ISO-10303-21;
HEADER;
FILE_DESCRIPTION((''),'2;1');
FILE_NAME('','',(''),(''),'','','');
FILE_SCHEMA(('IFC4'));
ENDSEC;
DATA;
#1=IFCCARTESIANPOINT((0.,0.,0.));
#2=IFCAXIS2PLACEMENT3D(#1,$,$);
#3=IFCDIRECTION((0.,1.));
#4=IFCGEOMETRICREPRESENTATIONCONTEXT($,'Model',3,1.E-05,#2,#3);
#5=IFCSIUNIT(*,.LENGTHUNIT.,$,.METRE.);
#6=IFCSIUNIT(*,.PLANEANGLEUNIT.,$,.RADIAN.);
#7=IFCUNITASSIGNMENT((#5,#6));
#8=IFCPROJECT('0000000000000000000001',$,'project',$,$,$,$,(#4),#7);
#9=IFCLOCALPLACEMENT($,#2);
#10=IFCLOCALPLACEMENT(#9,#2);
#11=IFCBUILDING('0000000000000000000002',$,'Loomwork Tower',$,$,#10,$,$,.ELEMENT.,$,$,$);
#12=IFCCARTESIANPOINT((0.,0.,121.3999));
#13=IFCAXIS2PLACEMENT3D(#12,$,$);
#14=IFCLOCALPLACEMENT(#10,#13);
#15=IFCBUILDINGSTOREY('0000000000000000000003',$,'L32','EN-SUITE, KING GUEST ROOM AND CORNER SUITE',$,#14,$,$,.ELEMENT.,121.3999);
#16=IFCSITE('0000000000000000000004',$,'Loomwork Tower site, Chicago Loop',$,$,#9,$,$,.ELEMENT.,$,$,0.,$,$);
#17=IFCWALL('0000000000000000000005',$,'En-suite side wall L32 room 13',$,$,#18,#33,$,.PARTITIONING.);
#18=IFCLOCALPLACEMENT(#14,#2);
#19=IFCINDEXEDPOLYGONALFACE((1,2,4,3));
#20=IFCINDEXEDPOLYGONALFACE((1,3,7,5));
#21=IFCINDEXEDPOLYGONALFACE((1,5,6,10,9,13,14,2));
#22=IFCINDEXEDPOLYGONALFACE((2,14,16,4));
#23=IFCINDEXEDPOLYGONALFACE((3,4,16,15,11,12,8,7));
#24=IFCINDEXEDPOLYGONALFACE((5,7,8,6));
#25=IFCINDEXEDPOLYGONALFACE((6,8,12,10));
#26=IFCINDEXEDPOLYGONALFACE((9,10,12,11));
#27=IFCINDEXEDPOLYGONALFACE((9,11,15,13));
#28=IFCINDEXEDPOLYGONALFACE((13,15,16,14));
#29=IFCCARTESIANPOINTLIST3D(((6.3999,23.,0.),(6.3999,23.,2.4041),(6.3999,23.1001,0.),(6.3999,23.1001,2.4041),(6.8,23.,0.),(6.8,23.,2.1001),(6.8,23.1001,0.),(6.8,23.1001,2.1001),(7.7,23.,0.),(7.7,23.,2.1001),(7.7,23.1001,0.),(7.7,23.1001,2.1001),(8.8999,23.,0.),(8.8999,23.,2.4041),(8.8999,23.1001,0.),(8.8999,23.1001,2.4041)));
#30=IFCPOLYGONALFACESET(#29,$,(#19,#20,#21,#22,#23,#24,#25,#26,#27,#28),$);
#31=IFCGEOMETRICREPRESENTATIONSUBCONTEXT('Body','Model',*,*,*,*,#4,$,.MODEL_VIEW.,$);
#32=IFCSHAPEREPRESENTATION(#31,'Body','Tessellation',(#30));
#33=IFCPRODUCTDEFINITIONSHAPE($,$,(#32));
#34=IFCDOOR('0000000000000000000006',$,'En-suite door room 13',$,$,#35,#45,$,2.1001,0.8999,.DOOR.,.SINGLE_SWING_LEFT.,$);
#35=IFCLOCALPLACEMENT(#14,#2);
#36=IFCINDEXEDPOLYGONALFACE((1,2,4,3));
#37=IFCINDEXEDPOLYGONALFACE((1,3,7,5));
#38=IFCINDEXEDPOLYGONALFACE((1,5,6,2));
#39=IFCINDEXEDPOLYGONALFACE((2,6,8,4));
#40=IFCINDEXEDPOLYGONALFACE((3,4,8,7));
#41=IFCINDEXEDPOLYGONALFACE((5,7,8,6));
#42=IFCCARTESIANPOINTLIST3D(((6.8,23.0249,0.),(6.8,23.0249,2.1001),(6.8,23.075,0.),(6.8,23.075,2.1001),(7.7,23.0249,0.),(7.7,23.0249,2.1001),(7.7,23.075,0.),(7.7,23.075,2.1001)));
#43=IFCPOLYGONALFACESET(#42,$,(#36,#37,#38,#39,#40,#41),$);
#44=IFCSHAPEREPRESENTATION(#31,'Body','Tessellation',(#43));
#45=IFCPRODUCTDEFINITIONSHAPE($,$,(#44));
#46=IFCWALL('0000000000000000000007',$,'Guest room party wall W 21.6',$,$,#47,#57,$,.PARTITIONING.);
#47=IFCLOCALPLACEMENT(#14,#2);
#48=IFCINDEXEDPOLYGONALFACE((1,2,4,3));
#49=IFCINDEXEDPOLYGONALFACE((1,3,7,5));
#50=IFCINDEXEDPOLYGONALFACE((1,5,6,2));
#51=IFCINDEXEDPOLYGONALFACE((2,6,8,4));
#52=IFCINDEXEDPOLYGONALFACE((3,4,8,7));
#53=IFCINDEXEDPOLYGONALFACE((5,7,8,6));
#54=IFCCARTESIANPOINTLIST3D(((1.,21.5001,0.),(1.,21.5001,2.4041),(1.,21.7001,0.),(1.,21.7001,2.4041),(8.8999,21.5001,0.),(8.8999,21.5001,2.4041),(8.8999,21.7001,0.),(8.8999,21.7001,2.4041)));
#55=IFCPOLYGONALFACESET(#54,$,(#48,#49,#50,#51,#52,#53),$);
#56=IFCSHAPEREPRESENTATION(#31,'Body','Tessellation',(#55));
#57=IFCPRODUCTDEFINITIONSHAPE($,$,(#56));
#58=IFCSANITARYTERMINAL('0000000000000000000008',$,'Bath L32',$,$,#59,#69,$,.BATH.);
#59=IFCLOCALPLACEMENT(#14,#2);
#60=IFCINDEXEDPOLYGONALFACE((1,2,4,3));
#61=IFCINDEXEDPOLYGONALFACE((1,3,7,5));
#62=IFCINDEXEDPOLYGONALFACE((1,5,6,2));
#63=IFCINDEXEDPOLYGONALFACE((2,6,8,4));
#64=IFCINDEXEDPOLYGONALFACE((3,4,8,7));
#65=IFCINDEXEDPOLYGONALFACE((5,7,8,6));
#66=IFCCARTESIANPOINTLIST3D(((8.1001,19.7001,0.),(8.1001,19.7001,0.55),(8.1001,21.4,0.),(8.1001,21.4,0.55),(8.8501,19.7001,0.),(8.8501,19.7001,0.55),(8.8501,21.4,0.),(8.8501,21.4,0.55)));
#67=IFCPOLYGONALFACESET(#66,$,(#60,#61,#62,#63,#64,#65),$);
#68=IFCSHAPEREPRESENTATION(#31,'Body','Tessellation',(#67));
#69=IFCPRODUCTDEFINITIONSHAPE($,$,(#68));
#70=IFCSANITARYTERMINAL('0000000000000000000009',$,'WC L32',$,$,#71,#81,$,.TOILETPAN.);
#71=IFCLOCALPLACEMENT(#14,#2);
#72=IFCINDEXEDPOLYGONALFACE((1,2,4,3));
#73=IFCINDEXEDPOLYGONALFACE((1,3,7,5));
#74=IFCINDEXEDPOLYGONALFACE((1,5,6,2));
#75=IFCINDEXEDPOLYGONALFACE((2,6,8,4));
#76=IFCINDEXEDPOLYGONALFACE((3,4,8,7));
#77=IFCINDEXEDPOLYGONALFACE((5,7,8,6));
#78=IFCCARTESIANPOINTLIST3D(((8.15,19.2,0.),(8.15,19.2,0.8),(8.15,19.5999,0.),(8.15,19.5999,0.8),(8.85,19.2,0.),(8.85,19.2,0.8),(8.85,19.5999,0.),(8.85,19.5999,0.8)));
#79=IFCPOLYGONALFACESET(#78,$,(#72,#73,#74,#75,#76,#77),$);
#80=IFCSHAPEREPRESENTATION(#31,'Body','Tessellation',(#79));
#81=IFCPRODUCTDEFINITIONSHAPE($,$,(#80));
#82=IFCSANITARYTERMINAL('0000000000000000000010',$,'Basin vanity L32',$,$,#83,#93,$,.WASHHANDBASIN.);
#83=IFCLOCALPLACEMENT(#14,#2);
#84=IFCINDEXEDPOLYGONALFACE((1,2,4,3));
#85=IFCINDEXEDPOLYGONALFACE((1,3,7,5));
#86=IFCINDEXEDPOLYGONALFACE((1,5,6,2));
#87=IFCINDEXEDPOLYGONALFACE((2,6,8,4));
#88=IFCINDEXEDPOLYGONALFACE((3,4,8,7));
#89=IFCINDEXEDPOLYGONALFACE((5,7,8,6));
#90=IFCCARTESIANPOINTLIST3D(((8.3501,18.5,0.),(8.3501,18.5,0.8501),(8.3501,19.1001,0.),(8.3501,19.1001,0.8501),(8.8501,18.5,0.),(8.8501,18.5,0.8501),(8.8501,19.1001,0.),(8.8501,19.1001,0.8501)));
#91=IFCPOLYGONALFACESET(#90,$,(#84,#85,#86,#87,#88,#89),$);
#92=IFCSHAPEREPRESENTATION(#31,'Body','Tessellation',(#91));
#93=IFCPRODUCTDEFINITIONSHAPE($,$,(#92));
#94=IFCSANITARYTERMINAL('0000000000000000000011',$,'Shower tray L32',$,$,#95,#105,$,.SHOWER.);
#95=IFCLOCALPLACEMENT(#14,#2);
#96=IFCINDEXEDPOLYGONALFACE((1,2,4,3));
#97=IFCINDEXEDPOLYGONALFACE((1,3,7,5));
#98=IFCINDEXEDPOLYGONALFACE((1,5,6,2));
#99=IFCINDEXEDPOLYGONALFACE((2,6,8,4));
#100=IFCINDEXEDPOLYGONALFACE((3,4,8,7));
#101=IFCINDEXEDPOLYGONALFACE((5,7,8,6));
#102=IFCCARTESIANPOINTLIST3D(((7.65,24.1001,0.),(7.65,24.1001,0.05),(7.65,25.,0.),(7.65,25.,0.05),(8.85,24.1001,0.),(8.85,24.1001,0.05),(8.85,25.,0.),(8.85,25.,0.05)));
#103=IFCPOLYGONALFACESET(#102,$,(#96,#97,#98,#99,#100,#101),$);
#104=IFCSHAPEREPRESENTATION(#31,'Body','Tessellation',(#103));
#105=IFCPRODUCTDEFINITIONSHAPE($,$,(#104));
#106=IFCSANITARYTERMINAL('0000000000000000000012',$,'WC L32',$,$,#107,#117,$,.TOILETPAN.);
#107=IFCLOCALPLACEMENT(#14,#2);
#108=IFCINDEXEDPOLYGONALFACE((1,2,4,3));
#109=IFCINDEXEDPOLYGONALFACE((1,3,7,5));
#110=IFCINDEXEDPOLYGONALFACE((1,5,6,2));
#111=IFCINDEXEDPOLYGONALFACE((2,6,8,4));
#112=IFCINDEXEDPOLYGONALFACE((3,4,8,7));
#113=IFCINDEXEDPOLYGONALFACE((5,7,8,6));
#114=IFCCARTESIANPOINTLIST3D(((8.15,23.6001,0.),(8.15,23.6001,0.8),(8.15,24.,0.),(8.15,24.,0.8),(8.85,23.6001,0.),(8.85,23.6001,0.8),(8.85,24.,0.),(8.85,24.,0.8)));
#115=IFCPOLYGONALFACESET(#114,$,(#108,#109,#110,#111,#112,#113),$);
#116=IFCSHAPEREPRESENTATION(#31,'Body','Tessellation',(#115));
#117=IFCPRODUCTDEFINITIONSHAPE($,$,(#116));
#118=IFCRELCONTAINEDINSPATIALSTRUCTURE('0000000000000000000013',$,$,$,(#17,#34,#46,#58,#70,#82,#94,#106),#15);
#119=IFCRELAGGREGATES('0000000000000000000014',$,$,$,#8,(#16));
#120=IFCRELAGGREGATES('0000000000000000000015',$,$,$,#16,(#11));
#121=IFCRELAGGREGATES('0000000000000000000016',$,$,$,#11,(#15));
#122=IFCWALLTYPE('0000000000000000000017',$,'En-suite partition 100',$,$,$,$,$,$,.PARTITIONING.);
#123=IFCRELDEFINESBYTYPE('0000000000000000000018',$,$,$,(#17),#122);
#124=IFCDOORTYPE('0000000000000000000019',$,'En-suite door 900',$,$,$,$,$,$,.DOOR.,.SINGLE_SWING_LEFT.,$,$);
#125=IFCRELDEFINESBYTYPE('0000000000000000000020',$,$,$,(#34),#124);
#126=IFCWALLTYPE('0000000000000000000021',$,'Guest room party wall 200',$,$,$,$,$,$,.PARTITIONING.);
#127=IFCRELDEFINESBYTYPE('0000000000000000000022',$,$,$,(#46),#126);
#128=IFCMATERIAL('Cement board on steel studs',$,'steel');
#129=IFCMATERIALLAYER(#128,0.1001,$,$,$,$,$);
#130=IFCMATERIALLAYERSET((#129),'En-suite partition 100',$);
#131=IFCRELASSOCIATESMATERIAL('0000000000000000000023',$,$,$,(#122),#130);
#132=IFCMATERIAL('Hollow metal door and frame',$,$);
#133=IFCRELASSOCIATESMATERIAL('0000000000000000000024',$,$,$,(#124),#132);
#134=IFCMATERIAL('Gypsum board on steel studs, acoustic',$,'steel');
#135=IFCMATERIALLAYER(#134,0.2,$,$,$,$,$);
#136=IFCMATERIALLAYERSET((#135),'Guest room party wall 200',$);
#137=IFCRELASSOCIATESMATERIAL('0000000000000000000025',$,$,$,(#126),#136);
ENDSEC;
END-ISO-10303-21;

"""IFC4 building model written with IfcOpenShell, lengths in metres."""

from ifc_helpers import new_model, si_unit, direction, frame, frame_2d, origin, origin_2d, place, context, subcontext, project, spatial, rectangle, extrude, material, layer, layer_set, type_object, element, fill, save


model = new_model("IFC4")

# Units and contexts
model_context = context("Model", 3, precision=1e-05, world=origin(), true_north=direction((0.0, 1.0)))
body_context = subcontext(model_context, "Body", "Model", "MODEL_VIEW")
ifc_project = project(units=[si_unit("LENGTHUNIT", "METRE"), si_unit("PLANEANGLEUNIT", "RADIAN")], contexts=[model_context])

# Site, building, storey
site_placement = place(None, origin())
site = spatial("IfcSite", under=ifc_project, at=site_placement, Name="Loomwork Tower site, Chicago Loop", CompositionType="ELEMENT", RefElevation=0.0)
building_placement = place(site_placement, origin())
building = spatial("IfcBuilding", under=site, at=building_placement, Name="Loomwork Tower", CompositionType="ELEMENT")
storey_placement = place(building_placement, frame((0.0, 0.0, 121.3999)))
storey = spatial("IfcBuildingStorey", under=building, at=storey_placement, Name="L32", Description="EN-SUITE, KING GUEST ROOM AND CORNER SUITE", CompositionType="ELEMENT", Elevation=121.3999)

# Wall, opening, door
ifc_material_1 = material(Name="Cement board on steel studs", Category="steel")
ifc_layer_1 = layer(ifc_material_1, 0.1001)
ifc_layer_set_1 = layer_set([ifc_layer_1], Name="En-suite partition 100")
wall_type_1 = type_object("IfcWallType", Name="En-suite partition 100", PredefinedType="PARTITIONING", material=ifc_layer_set_1)
ifc_material_2 = material(Name="Hollow metal door and frame")
door_type_1 = type_object("IfcDoorType", Name="En-suite door 900", OperationType="SINGLE_SWING_LEFT", PredefinedType="DOOR", material=ifc_material_2)
wall_1_placement = place(storey_placement, frame((8.8999, 23.05, 0.0), z_axis=(0.0, 0.0, 1.0), x_axis=(-1.0, 0.0, 0.0)))
wall_1 = element("IfcWall", 1, at=wall_1_placement, inside=storey, type_object=wall_type_1, Name="En-suite side wall L32 room 13", PredefinedType="PARTITIONING", context=body_context, shape_type="SweptSolid", body=[
    extrude(rectangle(XDim=2.5, YDim=0.1001, at=frame_2d((1.25, 0.0))), origin(), (0.0, 0.0, 1.0), 2.4041),
])
opening_1_placement = place(wall_1_placement, frame((1.2, 0.0, 0.0)))
opening_1 = element("IfcOpeningElement", 2, at=opening_1_placement, cuts=wall_1, PredefinedType="OPENING", context=body_context, shape_type="SweptSolid", body=[
    extrude(rectangle(XDim=0.8999, YDim=2.1001, at=frame_2d((0.45, 1.05))), frame((0.0, 0.0601, 0.0), z_axis=(0.0, -1.0, 0.0), x_axis=(1.0, 0.0, 0.0)), (0.0, 0.0, 1.0), 0.1201),
])
door_1_placement = place(opening_1_placement, frame((0.8999, 0.0, 0.0), z_axis=(0.0, 0.0, 1.0), x_axis=(-1.0, 0.0, 0.0)))
door_1 = element("IfcDoor", 3, at=door_1_placement, inside=storey, type_object=door_type_1, Name="En-suite door room 13", OperationType="SINGLE_SWING_LEFT", OverallHeight=2.1001, OverallWidth=0.8999, PredefinedType="DOOR", context=body_context, shape_type="SweptSolid", body=[
    extrude(rectangle(XDim=0.8999, YDim=2.1001, at=frame_2d((0.45, 1.05))), frame((0.0, 0.0249, 0.0), z_axis=(0.0, -1.0, 0.0), x_axis=(1.0, 0.0, 0.0)), (0.0, 0.0, 1.0), 0.05),
])
fill(opening_1, door_1)

# Wall
ifc_material_3 = material(Name="Gypsum board on steel studs, acoustic", Category="steel")
ifc_layer_2 = layer(ifc_material_3, 0.2)
ifc_layer_set_2 = layer_set([ifc_layer_2], Name="Guest room party wall 200")
wall_type_2 = type_object("IfcWallType", Name="Guest room party wall 200", PredefinedType="PARTITIONING", material=ifc_layer_set_2)
wall_2_placement = place(storey_placement, frame((8.8999, 21.6001, 0.0), z_axis=(0.0, 0.0, 1.0), x_axis=(-1.0, 0.0, 0.0)))
element("IfcWall", 4, at=wall_2_placement, inside=storey, type_object=wall_type_2, Name="Guest room party wall W 21.6", PredefinedType="PARTITIONING", context=body_context, shape_type="SweptSolid", body=[
    extrude(rectangle(XDim=7.8999, YDim=0.2, at=frame_2d((3.95, 0.0))), origin(), (0.0, 0.0, 1.0), 2.4041),
])

# Sanitary terminals
sanitary_terminal_1_placement = place(storey_placement, frame((8.4751, 20.55, 0.0), z_axis=(0.0, 0.0, 1.0), x_axis=(1.0, 0.0, 0.0)))
element("IfcSanitaryTerminal", 5, at=sanitary_terminal_1_placement, inside=storey, Name="Bath L32", PredefinedType="BATH", context=body_context, shape_type="SweptSolid", body=[
    extrude(rectangle(XDim=0.75, YDim=1.7, at=origin_2d()), origin(), (0.0, 0.0, 1.0), 0.55),
])
sanitary_terminal_2_placement = place(storey_placement, frame((8.5, 19.3999, 0.0), z_axis=(0.0, 0.0, 1.0), x_axis=(1.0, 0.0, 0.0)))
element("IfcSanitaryTerminal", 6, at=sanitary_terminal_2_placement, inside=storey, Name="WC L32", PredefinedType="TOILETPAN", context=body_context, shape_type="SweptSolid", body=[
    extrude(rectangle(XDim=0.7, YDim=0.3999, at=origin_2d()), origin(), (0.0, 0.0, 1.0), 0.8),
])
sanitary_terminal_3_placement = place(storey_placement, frame((8.6001, 18.8, 0.0), z_axis=(0.0, 0.0, 1.0), x_axis=(1.0, 0.0, 0.0)))
element("IfcSanitaryTerminal", 7, at=sanitary_terminal_3_placement, inside=storey, Name="Basin vanity L32", PredefinedType="WASHHANDBASIN", context=body_context, shape_type="SweptSolid", body=[
    extrude(rectangle(XDim=0.5, YDim=0.6001, at=origin_2d()), origin(), (0.0, 0.0, 1.0), 0.8501),
])
sanitary_terminal_4_placement = place(storey_placement, frame((8.25, 24.55, 0.0), z_axis=(0.0, 0.0, 1.0), x_axis=(1.0, 0.0, 0.0)))
element("IfcSanitaryTerminal", 8, at=sanitary_terminal_4_placement, inside=storey, Name="Shower tray L32", PredefinedType="SHOWER", context=body_context, shape_type="SweptSolid", body=[
    extrude(rectangle(XDim=1.2, YDim=0.8999, at=origin_2d()), origin(), (0.0, 0.0, 1.0), 0.05),
])
sanitary_terminal_5_placement = place(storey_placement, frame((8.5, 23.8, 0.0), z_axis=(0.0, 0.0, 1.0), x_axis=(1.0, 0.0, 0.0)))
element("IfcSanitaryTerminal", 9, at=sanitary_terminal_5_placement, inside=storey, Name="WC L32", PredefinedType="TOILETPAN", context=body_context, shape_type="SweptSolid", body=[
    extrude(rectangle(XDim=0.7, YDim=0.3999, at=origin_2d()), origin(), (0.0, 0.0, 1.0), 0.8),
])

save(model, "model.ifc")
